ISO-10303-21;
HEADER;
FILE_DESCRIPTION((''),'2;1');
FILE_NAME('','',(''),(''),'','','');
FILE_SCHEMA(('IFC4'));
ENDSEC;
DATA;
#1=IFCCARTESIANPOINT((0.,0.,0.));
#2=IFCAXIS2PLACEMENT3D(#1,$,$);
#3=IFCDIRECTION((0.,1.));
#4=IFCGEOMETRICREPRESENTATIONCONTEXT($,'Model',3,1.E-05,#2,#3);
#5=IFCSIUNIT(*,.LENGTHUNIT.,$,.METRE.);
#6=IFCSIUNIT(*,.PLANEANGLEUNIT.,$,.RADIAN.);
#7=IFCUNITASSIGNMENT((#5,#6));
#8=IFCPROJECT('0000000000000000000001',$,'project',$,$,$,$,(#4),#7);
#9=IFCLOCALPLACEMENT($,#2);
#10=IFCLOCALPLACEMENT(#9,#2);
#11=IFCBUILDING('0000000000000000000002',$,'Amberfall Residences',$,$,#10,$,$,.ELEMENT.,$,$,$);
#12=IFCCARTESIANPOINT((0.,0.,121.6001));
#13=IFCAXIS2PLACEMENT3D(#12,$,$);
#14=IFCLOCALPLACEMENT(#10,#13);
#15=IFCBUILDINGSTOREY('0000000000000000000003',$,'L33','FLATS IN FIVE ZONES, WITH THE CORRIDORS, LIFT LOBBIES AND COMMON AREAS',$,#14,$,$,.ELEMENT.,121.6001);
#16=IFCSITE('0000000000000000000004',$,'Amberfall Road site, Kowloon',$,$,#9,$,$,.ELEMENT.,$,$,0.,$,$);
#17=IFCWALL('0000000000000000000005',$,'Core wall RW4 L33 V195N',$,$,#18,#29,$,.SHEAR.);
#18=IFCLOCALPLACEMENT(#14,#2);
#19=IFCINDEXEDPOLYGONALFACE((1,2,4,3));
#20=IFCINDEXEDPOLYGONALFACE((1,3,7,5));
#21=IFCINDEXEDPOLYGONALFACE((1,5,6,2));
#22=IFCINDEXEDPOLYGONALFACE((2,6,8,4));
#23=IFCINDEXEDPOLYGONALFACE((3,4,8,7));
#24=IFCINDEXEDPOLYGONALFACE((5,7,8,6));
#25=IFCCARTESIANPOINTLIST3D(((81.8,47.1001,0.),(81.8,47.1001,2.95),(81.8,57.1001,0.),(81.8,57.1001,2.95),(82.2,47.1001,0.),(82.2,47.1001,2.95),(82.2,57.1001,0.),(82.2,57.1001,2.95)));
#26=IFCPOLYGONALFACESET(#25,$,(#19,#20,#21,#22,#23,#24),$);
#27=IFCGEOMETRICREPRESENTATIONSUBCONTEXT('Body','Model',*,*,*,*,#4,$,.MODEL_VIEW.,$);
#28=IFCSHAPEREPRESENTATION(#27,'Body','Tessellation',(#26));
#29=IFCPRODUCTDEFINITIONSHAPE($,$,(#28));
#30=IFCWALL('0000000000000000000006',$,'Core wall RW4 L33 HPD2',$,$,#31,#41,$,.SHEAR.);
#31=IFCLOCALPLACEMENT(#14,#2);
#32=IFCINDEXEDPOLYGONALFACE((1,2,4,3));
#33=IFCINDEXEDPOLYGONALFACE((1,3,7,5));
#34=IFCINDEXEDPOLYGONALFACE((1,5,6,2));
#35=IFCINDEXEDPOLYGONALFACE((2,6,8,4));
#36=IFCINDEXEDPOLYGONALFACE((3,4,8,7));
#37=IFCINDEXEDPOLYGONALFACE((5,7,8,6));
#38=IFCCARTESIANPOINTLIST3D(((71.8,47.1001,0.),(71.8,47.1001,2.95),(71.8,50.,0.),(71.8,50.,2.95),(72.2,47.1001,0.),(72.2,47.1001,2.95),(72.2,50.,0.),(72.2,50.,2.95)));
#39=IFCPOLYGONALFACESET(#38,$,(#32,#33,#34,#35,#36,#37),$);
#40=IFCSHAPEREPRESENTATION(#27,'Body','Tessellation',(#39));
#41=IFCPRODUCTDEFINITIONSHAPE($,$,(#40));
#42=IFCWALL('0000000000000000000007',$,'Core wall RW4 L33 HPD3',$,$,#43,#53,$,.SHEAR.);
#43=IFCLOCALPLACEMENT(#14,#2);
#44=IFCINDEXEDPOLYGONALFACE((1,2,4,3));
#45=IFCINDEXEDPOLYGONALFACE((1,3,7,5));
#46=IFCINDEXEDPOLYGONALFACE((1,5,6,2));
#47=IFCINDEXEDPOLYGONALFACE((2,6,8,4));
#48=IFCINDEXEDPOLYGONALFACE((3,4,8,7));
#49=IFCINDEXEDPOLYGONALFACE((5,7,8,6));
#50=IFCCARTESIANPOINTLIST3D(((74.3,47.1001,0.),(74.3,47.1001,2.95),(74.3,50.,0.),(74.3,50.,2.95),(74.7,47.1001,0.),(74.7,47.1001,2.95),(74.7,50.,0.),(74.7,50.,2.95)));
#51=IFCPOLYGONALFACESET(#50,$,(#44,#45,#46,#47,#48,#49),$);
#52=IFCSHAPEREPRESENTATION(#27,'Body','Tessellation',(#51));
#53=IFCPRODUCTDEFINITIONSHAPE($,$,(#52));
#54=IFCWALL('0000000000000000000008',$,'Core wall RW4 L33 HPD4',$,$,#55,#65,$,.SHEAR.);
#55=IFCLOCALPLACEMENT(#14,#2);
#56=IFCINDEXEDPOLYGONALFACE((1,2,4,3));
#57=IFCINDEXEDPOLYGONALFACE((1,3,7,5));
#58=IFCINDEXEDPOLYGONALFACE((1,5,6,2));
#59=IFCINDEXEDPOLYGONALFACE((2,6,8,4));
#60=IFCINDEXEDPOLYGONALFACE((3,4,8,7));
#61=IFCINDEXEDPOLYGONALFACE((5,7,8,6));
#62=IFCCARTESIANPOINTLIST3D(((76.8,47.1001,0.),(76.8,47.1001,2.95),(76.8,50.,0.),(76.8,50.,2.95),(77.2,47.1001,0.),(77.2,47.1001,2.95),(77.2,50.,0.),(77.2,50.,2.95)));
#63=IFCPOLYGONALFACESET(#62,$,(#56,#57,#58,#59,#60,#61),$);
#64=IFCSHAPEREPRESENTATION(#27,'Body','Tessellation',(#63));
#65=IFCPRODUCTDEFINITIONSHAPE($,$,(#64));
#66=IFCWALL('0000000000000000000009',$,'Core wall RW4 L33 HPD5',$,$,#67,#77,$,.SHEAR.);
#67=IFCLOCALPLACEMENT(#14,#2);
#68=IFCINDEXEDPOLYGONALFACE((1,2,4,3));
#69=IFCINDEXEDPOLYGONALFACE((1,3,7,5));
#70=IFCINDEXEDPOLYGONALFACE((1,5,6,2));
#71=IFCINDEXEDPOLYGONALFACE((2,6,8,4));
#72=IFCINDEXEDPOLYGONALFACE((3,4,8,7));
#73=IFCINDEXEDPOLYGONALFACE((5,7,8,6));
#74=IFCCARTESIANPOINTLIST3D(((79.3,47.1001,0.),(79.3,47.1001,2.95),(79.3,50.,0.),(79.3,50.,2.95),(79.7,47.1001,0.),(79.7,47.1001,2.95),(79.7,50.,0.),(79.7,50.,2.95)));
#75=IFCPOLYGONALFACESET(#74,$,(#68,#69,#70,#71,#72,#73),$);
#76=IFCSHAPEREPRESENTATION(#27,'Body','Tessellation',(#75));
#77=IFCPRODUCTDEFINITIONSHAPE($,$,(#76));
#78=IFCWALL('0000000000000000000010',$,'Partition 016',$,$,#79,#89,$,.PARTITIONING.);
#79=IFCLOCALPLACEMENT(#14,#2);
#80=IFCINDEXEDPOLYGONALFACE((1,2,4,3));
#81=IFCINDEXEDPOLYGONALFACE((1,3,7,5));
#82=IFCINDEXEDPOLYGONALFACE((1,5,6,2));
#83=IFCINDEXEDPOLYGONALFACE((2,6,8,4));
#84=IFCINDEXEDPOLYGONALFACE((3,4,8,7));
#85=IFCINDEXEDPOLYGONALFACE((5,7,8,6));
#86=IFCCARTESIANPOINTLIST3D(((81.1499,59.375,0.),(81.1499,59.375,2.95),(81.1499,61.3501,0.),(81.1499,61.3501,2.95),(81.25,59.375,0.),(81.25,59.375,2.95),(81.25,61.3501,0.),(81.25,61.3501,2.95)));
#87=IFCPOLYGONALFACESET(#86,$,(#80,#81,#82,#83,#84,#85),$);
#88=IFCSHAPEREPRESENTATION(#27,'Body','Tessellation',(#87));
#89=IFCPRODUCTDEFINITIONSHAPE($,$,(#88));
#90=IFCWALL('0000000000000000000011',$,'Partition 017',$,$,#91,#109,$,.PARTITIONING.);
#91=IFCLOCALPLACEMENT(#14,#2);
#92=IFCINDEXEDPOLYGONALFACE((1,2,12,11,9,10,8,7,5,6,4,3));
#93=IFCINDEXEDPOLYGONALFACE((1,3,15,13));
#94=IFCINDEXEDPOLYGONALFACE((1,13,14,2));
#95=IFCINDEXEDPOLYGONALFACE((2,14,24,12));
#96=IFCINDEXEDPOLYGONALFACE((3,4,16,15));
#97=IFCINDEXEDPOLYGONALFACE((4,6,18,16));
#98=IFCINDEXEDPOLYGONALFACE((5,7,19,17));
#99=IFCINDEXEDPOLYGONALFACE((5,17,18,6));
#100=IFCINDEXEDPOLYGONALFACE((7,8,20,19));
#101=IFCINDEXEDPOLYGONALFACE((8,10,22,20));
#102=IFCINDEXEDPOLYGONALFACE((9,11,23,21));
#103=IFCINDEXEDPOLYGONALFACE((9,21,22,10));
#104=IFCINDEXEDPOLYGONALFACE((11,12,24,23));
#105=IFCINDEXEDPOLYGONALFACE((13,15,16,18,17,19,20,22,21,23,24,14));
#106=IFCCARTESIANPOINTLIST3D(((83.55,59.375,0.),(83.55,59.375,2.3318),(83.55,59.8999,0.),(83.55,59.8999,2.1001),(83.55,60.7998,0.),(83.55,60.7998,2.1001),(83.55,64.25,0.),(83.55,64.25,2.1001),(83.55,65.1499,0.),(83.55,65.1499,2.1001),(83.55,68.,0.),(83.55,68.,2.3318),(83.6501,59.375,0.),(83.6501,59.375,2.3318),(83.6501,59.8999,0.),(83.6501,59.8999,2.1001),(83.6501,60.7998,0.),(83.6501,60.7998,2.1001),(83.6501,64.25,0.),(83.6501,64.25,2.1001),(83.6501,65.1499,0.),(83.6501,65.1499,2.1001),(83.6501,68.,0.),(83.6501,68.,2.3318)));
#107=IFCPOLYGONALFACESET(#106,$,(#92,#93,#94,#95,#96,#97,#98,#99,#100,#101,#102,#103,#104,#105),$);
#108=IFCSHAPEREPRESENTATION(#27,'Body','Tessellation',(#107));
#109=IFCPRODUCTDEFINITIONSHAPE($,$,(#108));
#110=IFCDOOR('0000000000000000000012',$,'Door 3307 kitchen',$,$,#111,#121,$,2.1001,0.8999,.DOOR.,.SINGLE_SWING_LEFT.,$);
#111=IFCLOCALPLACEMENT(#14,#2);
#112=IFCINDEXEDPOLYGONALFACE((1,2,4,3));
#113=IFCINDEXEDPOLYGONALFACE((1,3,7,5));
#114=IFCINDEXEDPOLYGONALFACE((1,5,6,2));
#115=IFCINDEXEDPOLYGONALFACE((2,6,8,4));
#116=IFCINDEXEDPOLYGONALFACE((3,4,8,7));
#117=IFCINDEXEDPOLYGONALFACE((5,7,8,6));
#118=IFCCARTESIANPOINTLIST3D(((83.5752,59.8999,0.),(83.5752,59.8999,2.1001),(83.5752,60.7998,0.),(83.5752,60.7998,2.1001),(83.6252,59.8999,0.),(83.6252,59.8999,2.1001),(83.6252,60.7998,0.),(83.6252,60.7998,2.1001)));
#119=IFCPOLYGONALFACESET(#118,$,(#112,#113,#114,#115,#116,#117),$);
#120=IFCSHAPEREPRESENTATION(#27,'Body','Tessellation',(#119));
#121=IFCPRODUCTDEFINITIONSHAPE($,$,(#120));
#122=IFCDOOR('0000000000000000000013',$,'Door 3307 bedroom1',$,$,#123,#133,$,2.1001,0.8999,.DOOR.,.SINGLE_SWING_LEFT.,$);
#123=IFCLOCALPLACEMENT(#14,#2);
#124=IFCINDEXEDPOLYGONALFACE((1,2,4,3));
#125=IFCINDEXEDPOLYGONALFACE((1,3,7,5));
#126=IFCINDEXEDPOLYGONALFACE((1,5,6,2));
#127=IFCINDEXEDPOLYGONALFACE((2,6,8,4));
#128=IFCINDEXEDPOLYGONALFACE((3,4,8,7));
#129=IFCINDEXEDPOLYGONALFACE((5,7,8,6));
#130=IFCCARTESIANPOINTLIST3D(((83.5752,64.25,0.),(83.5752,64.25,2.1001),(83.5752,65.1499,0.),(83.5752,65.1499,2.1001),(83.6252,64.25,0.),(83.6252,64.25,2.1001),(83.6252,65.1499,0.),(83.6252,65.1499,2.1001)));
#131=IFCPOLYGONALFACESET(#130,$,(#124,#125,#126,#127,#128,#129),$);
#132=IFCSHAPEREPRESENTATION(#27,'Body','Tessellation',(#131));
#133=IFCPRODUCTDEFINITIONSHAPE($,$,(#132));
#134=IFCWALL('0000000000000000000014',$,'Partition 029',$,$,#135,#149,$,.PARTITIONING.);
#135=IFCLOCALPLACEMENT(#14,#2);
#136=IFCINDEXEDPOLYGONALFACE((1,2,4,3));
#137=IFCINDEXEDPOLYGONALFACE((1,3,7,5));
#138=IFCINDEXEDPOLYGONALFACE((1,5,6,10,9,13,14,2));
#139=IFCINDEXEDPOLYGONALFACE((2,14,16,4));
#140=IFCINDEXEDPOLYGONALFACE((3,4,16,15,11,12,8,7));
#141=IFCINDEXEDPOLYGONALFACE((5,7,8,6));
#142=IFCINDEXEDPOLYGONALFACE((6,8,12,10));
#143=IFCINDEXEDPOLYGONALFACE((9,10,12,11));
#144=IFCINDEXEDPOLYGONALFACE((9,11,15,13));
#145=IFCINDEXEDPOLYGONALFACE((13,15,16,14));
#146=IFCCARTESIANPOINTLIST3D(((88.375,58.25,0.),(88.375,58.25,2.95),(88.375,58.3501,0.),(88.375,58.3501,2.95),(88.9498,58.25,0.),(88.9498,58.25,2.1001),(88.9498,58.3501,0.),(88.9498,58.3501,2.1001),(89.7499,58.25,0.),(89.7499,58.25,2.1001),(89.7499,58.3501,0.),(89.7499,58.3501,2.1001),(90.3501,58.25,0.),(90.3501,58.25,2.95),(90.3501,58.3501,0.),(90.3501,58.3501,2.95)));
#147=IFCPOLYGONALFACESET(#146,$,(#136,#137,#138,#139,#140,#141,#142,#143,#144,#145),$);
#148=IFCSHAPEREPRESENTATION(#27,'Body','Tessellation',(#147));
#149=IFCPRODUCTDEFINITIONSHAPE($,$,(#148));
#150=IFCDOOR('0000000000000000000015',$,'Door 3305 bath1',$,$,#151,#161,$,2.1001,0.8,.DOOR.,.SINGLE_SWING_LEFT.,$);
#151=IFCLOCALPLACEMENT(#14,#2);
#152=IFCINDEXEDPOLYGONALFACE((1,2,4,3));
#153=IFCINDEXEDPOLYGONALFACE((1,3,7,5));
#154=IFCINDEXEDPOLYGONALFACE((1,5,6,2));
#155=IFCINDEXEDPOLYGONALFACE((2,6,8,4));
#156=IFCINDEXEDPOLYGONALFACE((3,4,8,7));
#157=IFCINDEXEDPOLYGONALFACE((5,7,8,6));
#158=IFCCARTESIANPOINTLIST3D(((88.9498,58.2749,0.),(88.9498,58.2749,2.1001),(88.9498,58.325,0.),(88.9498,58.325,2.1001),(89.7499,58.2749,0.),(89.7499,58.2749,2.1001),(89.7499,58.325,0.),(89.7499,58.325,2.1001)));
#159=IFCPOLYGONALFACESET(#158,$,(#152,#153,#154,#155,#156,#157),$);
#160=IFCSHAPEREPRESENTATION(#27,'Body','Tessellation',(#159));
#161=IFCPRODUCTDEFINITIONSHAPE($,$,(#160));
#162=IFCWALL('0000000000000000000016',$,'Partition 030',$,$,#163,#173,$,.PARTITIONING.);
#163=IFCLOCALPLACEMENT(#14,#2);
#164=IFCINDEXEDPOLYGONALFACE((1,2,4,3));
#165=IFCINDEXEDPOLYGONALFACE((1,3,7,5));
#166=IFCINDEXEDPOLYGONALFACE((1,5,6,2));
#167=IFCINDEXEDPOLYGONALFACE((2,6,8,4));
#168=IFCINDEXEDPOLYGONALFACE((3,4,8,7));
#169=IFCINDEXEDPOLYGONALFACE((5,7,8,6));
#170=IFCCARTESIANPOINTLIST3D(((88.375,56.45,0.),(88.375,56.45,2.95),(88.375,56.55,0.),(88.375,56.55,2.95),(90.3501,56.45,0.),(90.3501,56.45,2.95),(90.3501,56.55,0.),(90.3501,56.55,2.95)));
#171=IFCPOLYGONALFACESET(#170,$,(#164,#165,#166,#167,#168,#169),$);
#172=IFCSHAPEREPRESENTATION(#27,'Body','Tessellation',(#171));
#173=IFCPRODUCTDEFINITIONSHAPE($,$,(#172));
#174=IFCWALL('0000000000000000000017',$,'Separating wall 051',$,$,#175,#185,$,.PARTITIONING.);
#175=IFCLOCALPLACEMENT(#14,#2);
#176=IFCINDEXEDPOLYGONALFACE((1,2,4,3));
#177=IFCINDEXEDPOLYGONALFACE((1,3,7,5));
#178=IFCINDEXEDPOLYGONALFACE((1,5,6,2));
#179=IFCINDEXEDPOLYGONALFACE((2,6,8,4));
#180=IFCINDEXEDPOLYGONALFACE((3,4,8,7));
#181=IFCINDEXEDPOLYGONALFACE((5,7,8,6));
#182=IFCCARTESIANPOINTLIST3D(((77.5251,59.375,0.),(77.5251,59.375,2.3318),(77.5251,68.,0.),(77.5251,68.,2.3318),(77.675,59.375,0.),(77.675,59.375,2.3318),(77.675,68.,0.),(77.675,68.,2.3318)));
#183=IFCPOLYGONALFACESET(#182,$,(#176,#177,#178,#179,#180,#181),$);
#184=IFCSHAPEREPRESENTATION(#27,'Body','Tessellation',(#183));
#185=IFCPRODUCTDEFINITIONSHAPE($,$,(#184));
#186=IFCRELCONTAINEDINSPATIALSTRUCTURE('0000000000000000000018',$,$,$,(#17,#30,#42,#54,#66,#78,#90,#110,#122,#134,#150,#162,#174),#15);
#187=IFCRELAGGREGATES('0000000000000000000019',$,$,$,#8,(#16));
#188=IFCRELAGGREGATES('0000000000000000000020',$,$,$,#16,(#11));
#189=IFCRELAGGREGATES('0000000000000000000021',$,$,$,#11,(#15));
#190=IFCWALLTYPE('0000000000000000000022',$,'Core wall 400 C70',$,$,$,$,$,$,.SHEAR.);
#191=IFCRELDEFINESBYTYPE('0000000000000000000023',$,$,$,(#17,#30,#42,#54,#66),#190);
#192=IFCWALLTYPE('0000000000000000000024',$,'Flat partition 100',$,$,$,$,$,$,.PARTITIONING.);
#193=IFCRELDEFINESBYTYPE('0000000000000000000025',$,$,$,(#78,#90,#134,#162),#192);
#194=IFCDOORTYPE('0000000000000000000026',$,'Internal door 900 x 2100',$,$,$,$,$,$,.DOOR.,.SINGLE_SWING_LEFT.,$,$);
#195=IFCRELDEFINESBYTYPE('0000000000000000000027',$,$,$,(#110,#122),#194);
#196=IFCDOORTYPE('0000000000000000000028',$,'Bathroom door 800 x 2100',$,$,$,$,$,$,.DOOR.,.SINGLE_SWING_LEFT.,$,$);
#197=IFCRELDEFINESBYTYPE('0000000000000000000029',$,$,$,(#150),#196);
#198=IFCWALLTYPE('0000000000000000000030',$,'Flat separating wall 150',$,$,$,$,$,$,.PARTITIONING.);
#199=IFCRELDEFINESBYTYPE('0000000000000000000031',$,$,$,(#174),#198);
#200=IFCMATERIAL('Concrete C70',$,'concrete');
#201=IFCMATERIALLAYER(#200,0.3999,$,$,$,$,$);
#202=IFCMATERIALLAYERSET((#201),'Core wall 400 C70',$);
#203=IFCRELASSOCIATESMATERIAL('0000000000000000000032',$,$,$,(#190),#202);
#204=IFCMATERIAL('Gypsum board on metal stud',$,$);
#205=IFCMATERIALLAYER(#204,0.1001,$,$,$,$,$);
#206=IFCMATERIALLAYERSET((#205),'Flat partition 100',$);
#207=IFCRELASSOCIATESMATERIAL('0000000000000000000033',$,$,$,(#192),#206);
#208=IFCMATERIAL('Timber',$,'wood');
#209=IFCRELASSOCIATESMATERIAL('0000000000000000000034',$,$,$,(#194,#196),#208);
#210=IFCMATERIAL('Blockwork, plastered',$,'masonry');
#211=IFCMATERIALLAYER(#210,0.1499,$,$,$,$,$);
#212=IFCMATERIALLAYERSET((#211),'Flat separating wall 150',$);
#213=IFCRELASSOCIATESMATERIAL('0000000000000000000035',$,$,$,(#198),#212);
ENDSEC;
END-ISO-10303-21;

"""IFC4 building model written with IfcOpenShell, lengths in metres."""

from ifc_helpers import new_model, si_unit, direction, frame, frame_2d, origin, place, context, subcontext, project, spatial, rectangle, extrude, material, layer, layer_set, type_object, element, fill, save


model = new_model("IFC4")

# Units and contexts
model_context = context("Model", 3, precision=1e-05, world=origin(), true_north=direction((0.0, 1.0)))
body_context = subcontext(model_context, "Body", "Model", "MODEL_VIEW")
ifc_project = project(units=[si_unit("LENGTHUNIT", "METRE"), si_unit("PLANEANGLEUNIT", "RADIAN")], contexts=[model_context])

# Site, building, storey
site_placement = place(None, origin())
site = spatial("IfcSite", under=ifc_project, at=site_placement, Name="Amberfall Road site, Kowloon", CompositionType="ELEMENT", RefElevation=0.0)
building_placement = place(site_placement, origin())
building = spatial("IfcBuilding", under=site, at=building_placement, Name="Amberfall Residences", CompositionType="ELEMENT")
storey_placement = place(building_placement, frame((0.0, 0.0, 121.6001)))
storey = spatial("IfcBuildingStorey", under=building, at=storey_placement, Name="L33", Description="FLATS IN FIVE ZONES, WITH THE CORRIDORS, LIFT LOBBIES AND COMMON AREAS", CompositionType="ELEMENT", Elevation=121.6001)

# Walls
ifc_material_1 = material(Name="Concrete C70", Category="concrete")
ifc_layer_1 = layer(ifc_material_1, 0.3999)
ifc_layer_set_1 = layer_set([ifc_layer_1], Name="Core wall 400 C70")
wall_type_1 = type_object("IfcWallType", Name="Core wall 400 C70", PredefinedType="SHEAR", material=ifc_layer_set_1)
wall_1_placement = place(storey_placement, frame((82.0, 47.1001, 0.0), z_axis=(0.0, 0.0, 1.0), x_axis=(0.0, 1.0, 0.0)))
element("IfcWall", 1, at=wall_1_placement, inside=storey, type_object=wall_type_1, Name="Core wall RW4 L33 V195N", PredefinedType="SHEAR", context=body_context, shape_type="SweptSolid", body=[
    extrude(rectangle(XDim=10.0, YDim=0.3999, at=frame_2d((5.0, 0.0))), origin(), (0.0, 0.0, 1.0), 2.95),
])
for number, where, z_axis, x_axis, name in (
    (2, (72.0, 47.1001, 0.0), (0.0, 0.0, 1.0), (0.0, 1.0, 0.0), "Core wall RW4 L33 HPD2"),
    (3, (74.5, 47.1001, 0.0), (0.0, 0.0, 1.0), (0.0, 1.0, 0.0), "Core wall RW4 L33 HPD3"),
    (4, (77.0, 47.1001, 0.0), (0.0, 0.0, 1.0), (0.0, 1.0, 0.0), "Core wall RW4 L33 HPD4"),
    (5, (79.5, 47.1001, 0.0), (0.0, 0.0, 1.0), (0.0, 1.0, 0.0), "Core wall RW4 L33 HPD5"),
):
    element("IfcWall", number, at=place(storey_placement, frame(where, z_axis=z_axis, x_axis=x_axis)), inside=storey, type_object=wall_type_1, Name=name, PredefinedType="SHEAR", context=body_context, shape_type="SweptSolid", body=[
        extrude(rectangle(XDim=2.8999, YDim=0.3999, at=frame_2d((1.45, 0.0))), origin(), (0.0, 0.0, 1.0), 2.95),
    ])
ifc_material_2 = material(Name="Gypsum board on metal stud")
ifc_layer_2 = layer(ifc_material_2, 0.1001)
ifc_layer_set_2 = layer_set([ifc_layer_2], Name="Flat partition 100")
wall_type_2 = type_object("IfcWallType", Name="Flat partition 100", PredefinedType="PARTITIONING", material=ifc_layer_set_2)
wall_2_placement = place(storey_placement, frame((81.2, 59.375, 0.0), z_axis=(0.0, 0.0, 1.0), x_axis=(0.0, 1.0, 0.0)))
element("IfcWall", 6, at=wall_2_placement, inside=storey, type_object=wall_type_2, Name="Partition 016", PredefinedType="PARTITIONING", context=body_context, shape_type="SweptSolid", body=[
    extrude(rectangle(XDim=1.9751, YDim=0.1001, at=frame_2d((0.9875, 0.0))), origin(), (0.0, 0.0, 1.0), 2.95),
])

# Wall, openings, doors
wall_3_placement = place(storey_placement, frame((83.6001, 59.375, 0.0), z_axis=(0.0, 0.0, 1.0), x_axis=(0.0, 1.0, 0.0)))
wall_3 = element("IfcWall", 7, at=wall_3_placement, inside=storey, type_object=wall_type_2, Name="Partition 017", PredefinedType="PARTITIONING", context=body_context, shape_type="SweptSolid", body=[
    extrude(rectangle(XDim=8.625, YDim=0.1001, at=frame_2d((4.3125, 0.0))), origin(), (0.0, 0.0, 1.0), 2.3318),
])
opening_1_placement = place(wall_3_placement, frame((0.5249, 0.0, 0.0)))
opening_1 = element("IfcOpeningElement", 8, at=opening_1_placement, cuts=wall_3, PredefinedType="OPENING", context=body_context, shape_type="SweptSolid", body=[
    extrude(rectangle(XDim=0.8999, YDim=2.1001, at=frame_2d((0.45, 1.05))), frame((0.0, 0.0601, 0.0), z_axis=(0.0, -1.0, 0.0), x_axis=(1.0, 0.0, 0.0)), (0.0, 0.0, 1.0), 0.1201),
])
opening_2_placement = place(wall_3_placement, frame((4.875, 0.0, 0.0)))
opening_2 = element("IfcOpeningElement", 9, at=opening_2_placement, cuts=wall_3, PredefinedType="OPENING", context=body_context, shape_type="SweptSolid", body=[
    extrude(rectangle(XDim=0.8999, YDim=2.1001, at=frame_2d((0.45, 1.05))), frame((0.0, 0.0601, 0.0), z_axis=(0.0, -1.0, 0.0), x_axis=(1.0, 0.0, 0.0)), (0.0, 0.0, 1.0), 0.1201),
])
ifc_material_3 = material(Name="Timber", Category="wood")
door_type_1 = type_object("IfcDoorType", Name="Internal door 900 x 2100", OperationType="SINGLE_SWING_LEFT", PredefinedType="DOOR", material=ifc_material_3)
door_1_placement = place(opening_1_placement, origin())
door_1 = element("IfcDoor", 10, at=door_1_placement, inside=storey, type_object=door_type_1, Name="Door 3307 kitchen", OperationType="SINGLE_SWING_LEFT", OverallHeight=2.1001, OverallWidth=0.8999, PredefinedType="DOOR", context=body_context, shape_type="SweptSolid", body=[
    extrude(rectangle(XDim=0.8999, YDim=2.1001, at=frame_2d((0.45, 1.05))), frame((0.0, 0.0249, 0.0), z_axis=(0.0, -1.0, 0.0), x_axis=(1.0, 0.0, 0.0)), (0.0, 0.0, 1.0), 0.05),
])
fill(opening_1, door_1)
door_2_placement = place(opening_2_placement, origin())
door_2 = element("IfcDoor", 11, at=door_2_placement, inside=storey, type_object=door_type_1, Name="Door 3307 bedroom1", OperationType="SINGLE_SWING_LEFT", OverallHeight=2.1001, OverallWidth=0.8999, PredefinedType="DOOR", context=body_context, shape_type="SweptSolid", body=[
    extrude(rectangle(XDim=0.8999, YDim=2.1001, at=frame_2d((0.45, 1.05))), frame((0.0, 0.0249, 0.0), z_axis=(0.0, -1.0, 0.0), x_axis=(1.0, 0.0, 0.0)), (0.0, 0.0, 1.0), 0.05),
])
fill(opening_2, door_2)

# Wall, opening, door
wall_4_placement = place(storey_placement, frame((88.375, 58.3, 0.0), z_axis=(0.0, 0.0, 1.0), x_axis=(1.0, 0.0, 0.0)))
wall_4 = element("IfcWall", 12, at=wall_4_placement, inside=storey, type_object=wall_type_2, Name="Partition 029", PredefinedType="PARTITIONING", context=body_context, shape_type="SweptSolid", body=[
    extrude(rectangle(XDim=1.9751, YDim=0.1001, at=frame_2d((0.9875, 0.0))), origin(), (0.0, 0.0, 1.0), 2.95),
])
opening_3_placement = place(wall_4_placement, frame((0.575, 0.0, 0.0)))
opening_3 = element("IfcOpeningElement", 13, at=opening_3_placement, cuts=wall_4, PredefinedType="OPENING", context=body_context, shape_type="SweptSolid", body=[
    extrude(rectangle(XDim=0.8, YDim=2.1001, at=frame_2d((0.3999, 1.05))), frame((0.0, 0.0601, 0.0), z_axis=(0.0, -1.0, 0.0), x_axis=(1.0, 0.0, 0.0)), (0.0, 0.0, 1.0), 0.1201),
])
door_type_2 = type_object("IfcDoorType", Name="Bathroom door 800 x 2100", OperationType="SINGLE_SWING_LEFT", PredefinedType="DOOR", material=ifc_material_3)
door_3_placement = place(opening_3_placement, origin())
door_3 = element("IfcDoor", 14, at=door_3_placement, inside=storey, type_object=door_type_2, Name="Door 3305 bath1", OperationType="SINGLE_SWING_LEFT", OverallHeight=2.1001, OverallWidth=0.8, PredefinedType="DOOR", context=body_context, shape_type="SweptSolid", body=[
    extrude(rectangle(XDim=0.8, YDim=2.1001, at=frame_2d((0.3999, 1.05))), frame((0.0, 0.0249, 0.0), z_axis=(0.0, -1.0, 0.0), x_axis=(1.0, 0.0, 0.0)), (0.0, 0.0, 1.0), 0.05),
])
fill(opening_3, door_3)

# Walls
wall_5_placement = place(storey_placement, frame((88.375, 56.5, 0.0), z_axis=(0.0, 0.0, 1.0), x_axis=(1.0, 0.0, 0.0)))
element("IfcWall", 15, at=wall_5_placement, inside=storey, type_object=wall_type_2, Name="Partition 030", PredefinedType="PARTITIONING", context=body_context, shape_type="SweptSolid", body=[
    extrude(rectangle(XDim=1.9751, YDim=0.1001, at=frame_2d((0.9875, 0.0))), origin(), (0.0, 0.0, 1.0), 2.95),
])
ifc_material_4 = material(Name="Blockwork, plastered", Category="masonry")
ifc_layer_3 = layer(ifc_material_4, 0.1499)
ifc_layer_set_3 = layer_set([ifc_layer_3], Name="Flat separating wall 150")
wall_type_3 = type_object("IfcWallType", Name="Flat separating wall 150", PredefinedType="PARTITIONING", material=ifc_layer_set_3)
wall_6_placement = place(storey_placement, frame((77.6001, 59.375, 0.0), z_axis=(0.0, 0.0, 1.0), x_axis=(0.0, 1.0, 0.0)))
element("IfcWall", 16, at=wall_6_placement, inside=storey, type_object=wall_type_3, Name="Separating wall 051", PredefinedType="PARTITIONING", context=body_context, shape_type="SweptSolid", body=[
    extrude(rectangle(XDim=8.625, YDim=0.1499, at=frame_2d((4.3125, 0.0))), origin(), (0.0, 0.0, 1.0), 2.3318),
])

save(model, "model.ifc")
